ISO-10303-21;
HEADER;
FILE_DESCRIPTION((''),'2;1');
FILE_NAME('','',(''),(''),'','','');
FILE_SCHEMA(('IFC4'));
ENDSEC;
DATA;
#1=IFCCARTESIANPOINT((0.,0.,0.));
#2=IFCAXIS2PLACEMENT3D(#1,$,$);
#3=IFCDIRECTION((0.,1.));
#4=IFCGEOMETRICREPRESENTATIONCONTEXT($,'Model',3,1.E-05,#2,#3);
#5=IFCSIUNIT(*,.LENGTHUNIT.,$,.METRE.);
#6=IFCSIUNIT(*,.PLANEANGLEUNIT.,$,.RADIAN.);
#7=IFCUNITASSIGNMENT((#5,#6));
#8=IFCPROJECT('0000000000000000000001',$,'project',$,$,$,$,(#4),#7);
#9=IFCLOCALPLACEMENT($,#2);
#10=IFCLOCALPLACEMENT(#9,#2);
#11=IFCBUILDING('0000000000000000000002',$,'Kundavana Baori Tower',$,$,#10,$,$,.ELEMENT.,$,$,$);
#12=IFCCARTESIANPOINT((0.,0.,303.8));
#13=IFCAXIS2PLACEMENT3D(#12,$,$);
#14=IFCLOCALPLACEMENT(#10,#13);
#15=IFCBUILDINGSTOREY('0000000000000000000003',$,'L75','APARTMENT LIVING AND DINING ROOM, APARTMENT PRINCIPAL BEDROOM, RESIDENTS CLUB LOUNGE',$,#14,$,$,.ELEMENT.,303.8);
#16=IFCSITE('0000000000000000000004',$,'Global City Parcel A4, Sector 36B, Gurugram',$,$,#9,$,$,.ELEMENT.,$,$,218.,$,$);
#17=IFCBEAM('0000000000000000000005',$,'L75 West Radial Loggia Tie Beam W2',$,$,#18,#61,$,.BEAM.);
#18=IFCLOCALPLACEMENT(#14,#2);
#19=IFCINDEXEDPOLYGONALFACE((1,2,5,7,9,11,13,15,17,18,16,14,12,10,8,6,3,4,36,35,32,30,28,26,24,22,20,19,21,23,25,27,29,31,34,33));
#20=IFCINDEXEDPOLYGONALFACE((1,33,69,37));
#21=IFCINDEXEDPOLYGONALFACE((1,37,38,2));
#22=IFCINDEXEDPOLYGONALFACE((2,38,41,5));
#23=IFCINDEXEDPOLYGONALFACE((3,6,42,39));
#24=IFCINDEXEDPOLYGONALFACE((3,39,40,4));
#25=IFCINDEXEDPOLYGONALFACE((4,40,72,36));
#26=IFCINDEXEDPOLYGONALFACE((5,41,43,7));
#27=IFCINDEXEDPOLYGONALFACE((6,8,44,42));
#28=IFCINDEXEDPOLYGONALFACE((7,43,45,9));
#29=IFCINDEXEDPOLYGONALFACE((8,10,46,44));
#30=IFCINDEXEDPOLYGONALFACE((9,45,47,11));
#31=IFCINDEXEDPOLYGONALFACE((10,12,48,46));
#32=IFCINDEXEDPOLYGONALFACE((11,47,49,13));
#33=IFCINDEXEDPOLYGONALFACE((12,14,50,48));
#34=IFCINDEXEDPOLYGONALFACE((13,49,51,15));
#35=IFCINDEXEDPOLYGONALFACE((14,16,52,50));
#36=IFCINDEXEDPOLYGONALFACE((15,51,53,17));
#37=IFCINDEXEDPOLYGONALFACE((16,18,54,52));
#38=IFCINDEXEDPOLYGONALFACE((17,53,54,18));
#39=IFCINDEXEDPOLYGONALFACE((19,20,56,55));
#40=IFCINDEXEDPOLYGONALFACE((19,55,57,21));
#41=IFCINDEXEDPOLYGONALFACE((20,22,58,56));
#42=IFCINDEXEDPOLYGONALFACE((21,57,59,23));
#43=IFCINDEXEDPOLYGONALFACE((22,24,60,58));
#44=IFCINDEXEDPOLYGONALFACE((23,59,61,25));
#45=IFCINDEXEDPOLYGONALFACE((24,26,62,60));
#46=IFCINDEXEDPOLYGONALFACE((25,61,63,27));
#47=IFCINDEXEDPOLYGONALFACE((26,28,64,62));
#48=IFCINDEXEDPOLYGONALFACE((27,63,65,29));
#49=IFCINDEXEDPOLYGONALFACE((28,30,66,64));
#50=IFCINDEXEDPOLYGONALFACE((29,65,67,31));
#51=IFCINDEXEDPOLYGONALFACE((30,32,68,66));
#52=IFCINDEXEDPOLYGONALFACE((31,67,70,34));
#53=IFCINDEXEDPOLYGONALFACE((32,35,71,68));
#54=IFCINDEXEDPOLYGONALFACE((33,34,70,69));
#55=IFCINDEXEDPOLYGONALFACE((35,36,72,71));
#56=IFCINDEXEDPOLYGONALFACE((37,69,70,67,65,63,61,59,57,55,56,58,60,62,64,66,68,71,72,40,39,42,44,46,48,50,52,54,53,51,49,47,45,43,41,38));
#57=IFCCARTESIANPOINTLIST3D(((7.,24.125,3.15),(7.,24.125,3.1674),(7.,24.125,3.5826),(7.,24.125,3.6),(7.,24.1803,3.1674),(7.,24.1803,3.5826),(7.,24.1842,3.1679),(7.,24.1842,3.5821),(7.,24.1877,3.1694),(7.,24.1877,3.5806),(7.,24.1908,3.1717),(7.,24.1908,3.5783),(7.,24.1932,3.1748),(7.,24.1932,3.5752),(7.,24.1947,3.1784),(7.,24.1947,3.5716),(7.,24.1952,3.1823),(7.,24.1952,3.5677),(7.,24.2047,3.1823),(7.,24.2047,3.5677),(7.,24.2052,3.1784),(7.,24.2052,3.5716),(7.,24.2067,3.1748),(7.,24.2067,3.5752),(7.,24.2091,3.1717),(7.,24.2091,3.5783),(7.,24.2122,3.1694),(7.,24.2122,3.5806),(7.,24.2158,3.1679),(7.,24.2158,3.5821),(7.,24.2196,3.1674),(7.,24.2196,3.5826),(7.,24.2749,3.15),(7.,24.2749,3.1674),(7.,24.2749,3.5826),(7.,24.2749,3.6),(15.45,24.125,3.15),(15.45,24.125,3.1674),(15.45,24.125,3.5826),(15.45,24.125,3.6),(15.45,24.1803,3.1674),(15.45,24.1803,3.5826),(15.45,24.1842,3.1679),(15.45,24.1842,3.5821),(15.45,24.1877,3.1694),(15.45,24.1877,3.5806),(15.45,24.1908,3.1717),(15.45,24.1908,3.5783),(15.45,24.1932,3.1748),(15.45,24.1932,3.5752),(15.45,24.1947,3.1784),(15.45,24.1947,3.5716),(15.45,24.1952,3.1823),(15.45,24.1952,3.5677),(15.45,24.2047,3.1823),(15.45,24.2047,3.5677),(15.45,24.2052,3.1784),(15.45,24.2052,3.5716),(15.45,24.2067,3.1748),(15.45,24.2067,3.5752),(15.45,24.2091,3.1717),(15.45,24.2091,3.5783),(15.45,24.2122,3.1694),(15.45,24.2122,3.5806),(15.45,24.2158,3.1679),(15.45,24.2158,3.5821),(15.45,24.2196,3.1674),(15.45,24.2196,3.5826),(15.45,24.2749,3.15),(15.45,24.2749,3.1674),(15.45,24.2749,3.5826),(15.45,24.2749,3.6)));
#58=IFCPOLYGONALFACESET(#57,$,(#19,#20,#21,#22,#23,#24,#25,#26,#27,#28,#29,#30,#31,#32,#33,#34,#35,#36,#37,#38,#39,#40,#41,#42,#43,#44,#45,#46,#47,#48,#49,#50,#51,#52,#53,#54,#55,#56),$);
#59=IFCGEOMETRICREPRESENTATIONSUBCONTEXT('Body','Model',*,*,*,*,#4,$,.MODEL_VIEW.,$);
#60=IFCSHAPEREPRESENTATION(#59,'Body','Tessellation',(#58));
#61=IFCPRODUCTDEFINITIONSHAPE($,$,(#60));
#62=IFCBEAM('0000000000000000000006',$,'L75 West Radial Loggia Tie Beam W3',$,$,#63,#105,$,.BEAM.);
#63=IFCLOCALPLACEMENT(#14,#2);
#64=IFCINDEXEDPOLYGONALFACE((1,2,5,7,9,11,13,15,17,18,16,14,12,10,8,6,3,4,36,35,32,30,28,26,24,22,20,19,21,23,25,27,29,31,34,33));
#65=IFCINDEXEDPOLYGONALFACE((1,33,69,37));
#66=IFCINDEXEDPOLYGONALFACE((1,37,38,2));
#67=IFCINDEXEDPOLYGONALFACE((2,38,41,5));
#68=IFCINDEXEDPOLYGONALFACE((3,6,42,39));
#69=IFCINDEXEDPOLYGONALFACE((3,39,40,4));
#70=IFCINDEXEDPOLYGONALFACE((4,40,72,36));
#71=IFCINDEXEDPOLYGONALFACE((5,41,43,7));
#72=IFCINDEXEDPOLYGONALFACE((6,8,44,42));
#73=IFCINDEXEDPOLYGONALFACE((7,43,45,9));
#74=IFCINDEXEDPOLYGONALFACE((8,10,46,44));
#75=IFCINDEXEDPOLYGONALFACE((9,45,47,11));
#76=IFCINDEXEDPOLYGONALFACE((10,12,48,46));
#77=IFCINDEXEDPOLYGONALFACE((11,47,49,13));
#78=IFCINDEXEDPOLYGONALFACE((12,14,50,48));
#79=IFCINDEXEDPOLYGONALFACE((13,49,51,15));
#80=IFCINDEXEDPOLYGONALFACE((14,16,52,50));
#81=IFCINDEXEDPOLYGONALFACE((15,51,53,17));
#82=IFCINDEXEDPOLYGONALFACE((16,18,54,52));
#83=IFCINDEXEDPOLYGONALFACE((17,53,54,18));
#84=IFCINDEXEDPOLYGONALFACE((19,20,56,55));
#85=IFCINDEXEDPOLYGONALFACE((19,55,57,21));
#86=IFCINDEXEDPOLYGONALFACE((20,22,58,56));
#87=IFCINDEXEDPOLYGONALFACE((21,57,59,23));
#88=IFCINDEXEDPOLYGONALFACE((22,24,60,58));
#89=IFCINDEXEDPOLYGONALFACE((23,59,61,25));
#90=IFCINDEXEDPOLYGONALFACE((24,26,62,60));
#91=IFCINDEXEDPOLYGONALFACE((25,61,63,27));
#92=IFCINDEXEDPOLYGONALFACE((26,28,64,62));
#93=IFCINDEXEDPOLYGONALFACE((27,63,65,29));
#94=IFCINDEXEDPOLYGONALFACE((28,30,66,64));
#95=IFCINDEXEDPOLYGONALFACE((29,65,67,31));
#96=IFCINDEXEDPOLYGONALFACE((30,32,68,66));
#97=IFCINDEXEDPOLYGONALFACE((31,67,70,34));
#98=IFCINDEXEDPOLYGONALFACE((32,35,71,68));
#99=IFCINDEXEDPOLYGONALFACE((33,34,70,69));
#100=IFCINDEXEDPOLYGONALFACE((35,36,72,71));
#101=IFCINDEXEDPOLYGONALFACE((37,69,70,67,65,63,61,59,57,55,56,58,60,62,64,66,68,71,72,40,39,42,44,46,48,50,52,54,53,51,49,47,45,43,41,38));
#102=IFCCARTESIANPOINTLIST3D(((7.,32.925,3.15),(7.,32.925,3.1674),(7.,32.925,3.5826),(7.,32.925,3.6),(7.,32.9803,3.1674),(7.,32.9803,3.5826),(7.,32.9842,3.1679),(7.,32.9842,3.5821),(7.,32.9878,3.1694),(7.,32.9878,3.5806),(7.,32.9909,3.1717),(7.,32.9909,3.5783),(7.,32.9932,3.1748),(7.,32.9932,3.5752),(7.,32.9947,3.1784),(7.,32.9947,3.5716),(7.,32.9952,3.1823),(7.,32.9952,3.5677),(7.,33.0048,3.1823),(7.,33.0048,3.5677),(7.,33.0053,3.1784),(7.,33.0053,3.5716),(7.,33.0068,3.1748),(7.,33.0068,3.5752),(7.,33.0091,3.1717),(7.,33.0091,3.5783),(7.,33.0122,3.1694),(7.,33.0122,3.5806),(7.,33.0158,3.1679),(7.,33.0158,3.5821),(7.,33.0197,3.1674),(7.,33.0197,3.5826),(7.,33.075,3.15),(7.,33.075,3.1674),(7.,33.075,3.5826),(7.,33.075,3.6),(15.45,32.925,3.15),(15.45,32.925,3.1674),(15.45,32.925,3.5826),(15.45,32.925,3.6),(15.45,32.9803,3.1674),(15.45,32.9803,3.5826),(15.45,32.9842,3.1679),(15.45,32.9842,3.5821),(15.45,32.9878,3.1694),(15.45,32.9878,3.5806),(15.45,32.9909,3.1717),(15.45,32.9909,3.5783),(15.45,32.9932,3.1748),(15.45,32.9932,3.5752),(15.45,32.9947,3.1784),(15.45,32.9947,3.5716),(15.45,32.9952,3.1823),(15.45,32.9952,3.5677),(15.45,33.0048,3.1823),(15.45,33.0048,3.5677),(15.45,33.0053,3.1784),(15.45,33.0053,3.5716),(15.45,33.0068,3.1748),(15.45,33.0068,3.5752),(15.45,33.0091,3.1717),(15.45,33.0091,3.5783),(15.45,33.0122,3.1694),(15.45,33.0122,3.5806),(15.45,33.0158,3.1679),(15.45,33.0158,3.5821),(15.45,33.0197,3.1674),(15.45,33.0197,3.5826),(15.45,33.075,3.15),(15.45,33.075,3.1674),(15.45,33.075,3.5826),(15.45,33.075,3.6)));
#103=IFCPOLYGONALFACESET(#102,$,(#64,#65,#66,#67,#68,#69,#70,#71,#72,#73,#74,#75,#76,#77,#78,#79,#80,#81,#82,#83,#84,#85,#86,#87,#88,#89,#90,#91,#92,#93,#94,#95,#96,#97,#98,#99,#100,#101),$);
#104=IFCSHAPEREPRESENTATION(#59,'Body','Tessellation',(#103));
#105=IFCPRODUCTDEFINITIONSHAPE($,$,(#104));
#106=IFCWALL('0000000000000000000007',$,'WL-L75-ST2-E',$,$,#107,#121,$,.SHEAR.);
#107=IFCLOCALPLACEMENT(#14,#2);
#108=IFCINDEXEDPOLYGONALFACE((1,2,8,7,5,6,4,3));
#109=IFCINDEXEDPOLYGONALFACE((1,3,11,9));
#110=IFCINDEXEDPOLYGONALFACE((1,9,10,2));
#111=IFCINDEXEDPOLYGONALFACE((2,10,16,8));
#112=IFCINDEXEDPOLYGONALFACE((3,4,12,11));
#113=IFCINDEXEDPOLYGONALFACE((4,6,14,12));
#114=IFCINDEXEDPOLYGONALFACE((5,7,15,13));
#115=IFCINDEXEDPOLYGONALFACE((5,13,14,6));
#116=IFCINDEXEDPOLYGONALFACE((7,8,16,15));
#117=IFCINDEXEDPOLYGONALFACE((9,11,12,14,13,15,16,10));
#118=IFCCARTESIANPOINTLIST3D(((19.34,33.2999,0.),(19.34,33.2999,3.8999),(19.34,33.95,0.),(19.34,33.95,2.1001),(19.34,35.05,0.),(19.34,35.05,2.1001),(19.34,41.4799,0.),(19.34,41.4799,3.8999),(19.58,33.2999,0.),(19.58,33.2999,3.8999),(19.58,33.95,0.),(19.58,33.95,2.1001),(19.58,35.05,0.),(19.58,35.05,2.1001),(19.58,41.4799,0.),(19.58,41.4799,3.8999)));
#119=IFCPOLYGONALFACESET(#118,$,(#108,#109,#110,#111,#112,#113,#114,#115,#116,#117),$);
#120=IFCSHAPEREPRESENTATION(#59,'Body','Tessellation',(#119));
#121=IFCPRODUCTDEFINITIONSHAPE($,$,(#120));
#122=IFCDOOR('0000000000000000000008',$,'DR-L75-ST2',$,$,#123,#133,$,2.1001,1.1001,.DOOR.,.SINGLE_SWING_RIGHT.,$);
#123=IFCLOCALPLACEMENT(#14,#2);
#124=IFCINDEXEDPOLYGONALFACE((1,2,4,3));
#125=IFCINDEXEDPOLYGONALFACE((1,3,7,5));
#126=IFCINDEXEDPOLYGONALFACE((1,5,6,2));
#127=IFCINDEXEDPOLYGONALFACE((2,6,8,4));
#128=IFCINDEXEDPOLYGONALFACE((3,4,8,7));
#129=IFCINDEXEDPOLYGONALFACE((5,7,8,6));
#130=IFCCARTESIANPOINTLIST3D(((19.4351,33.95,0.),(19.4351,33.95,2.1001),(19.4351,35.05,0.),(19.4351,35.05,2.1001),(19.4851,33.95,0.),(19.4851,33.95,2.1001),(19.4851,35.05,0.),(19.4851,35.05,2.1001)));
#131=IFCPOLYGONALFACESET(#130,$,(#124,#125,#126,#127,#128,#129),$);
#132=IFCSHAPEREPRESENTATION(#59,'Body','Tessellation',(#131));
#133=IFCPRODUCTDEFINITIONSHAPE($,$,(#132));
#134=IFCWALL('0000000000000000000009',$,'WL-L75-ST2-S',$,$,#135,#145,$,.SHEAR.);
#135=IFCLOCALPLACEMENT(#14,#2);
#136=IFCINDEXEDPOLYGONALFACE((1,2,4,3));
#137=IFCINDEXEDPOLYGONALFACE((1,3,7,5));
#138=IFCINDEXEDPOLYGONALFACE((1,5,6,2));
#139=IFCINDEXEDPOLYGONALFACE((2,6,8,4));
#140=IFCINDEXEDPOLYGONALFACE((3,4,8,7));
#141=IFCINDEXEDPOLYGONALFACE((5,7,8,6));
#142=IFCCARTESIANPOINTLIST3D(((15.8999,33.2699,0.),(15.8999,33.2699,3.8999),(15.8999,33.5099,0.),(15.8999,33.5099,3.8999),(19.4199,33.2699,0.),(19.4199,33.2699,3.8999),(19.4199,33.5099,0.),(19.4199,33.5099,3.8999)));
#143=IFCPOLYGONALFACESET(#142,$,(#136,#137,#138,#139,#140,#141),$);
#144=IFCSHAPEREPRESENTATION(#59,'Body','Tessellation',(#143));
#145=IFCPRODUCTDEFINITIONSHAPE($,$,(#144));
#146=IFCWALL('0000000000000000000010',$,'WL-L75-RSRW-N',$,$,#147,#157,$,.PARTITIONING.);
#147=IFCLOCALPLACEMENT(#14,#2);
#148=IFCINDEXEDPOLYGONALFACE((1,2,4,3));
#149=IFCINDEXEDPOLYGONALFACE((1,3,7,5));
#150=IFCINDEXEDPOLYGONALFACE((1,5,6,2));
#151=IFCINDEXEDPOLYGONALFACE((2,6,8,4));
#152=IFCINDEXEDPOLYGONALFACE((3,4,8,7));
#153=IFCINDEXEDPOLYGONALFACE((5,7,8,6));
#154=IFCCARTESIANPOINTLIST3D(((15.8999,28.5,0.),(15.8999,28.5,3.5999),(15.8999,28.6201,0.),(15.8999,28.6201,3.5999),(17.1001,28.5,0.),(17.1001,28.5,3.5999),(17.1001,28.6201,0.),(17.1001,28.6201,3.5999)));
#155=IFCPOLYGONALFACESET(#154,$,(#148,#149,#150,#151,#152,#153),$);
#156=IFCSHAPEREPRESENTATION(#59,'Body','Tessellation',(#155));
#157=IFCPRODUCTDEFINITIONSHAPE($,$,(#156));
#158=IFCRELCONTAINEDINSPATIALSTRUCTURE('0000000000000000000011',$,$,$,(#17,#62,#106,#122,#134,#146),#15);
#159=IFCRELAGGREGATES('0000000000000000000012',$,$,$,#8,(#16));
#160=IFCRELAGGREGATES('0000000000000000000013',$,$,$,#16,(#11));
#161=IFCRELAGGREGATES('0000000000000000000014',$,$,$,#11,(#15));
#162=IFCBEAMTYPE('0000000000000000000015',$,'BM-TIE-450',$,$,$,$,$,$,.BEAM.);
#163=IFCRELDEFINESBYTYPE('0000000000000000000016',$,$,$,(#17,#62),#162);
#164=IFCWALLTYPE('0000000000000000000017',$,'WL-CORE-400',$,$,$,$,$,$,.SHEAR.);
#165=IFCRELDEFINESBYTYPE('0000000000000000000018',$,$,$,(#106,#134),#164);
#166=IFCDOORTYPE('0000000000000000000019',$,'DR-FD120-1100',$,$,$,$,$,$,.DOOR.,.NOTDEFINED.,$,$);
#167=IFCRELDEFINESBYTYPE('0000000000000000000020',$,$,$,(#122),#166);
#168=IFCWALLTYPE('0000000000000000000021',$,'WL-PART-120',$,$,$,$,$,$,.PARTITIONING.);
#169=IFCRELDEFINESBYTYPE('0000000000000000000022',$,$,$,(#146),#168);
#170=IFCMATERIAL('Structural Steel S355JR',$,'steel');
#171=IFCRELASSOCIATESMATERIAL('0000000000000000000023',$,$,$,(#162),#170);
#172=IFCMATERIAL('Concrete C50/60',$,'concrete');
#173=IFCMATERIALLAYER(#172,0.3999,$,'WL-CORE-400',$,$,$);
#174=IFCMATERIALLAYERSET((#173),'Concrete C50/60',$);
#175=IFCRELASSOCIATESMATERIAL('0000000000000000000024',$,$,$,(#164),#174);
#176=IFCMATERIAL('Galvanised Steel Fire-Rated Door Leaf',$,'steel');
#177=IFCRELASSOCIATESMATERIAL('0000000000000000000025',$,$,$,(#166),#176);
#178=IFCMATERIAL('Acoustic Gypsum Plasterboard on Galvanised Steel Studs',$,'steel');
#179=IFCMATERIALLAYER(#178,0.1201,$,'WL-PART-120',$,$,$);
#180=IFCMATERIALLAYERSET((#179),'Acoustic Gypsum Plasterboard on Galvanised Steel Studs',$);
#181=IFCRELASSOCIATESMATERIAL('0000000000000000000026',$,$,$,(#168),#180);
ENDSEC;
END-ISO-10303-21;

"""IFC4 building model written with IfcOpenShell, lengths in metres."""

from ifc_helpers import new_model, si_unit, direction, frame, frame_2d, origin, origin_2d, place, context, subcontext, project, spatial, rectangle, i_section, extrude, material, layer, layer_set, material_profile, profile_set, type_object, element, fill, save


model = new_model("IFC4")

# Units and contexts
model_context = context("Model", 3, precision=1e-05, world=origin(), true_north=direction((0.0, 1.0)))
body_context = subcontext(model_context, "Body", "Model", "MODEL_VIEW")
ifc_project = project(units=[si_unit("LENGTHUNIT", "METRE"), si_unit("PLANEANGLEUNIT", "RADIAN")], contexts=[model_context])

# Site, building, storey
site_placement = place(None, origin())
site = spatial("IfcSite", under=ifc_project, at=site_placement, Name="Global City Parcel A4, Sector 36B, Gurugram", CompositionType="ELEMENT", RefElevation=218.0)
building_placement = place(site_placement, origin())
building = spatial("IfcBuilding", under=site, at=building_placement, Name="Kundavana Baori Tower", CompositionType="ELEMENT")
storey_placement = place(building_placement, frame((0.0, 0.0, 303.8)))
storey = spatial("IfcBuildingStorey", under=building, at=storey_placement, Name="L75", Description="APARTMENT LIVING AND DINING ROOM, APARTMENT PRINCIPAL BEDROOM, RESIDENTS CLUB LOUNGE", CompositionType="ELEMENT", Elevation=303.8)

# Beams
ifc_material_1 = material(Name="Structural Steel S355JR", Category="steel")
ifc_material_profile_1 = material_profile(ifc_material_1, i_section(OverallWidth=0.1499, OverallDepth=0.45, WebThickness=0.0095, FlangeThickness=0.0173, FilletRadius=0.0149, at=origin_2d()), Name="ISMB 450")
ifc_profile_set_1 = profile_set([ifc_material_profile_1], Name="Structural Steel S355JR")
beam_type_1 = type_object("IfcBeamType", Name="BM-TIE-450", PredefinedType="BEAM", material=ifc_profile_set_1)
for number, where, z_axis, x_axis, name in (
    (1, (15.45, 24.2, 3.375), (-1.0, 0.0, 0.0), (0.0, -1.0, 0.0), "L75 West Radial Loggia Tie Beam W2"),
    (2, (15.45, 33.0, 3.375), (-1.0, 0.0, 0.0), (0.0, -1.0, 0.0), "L75 West Radial Loggia Tie Beam W3"),
):
    element("IfcBeam", number, at=place(storey_placement, frame(where, z_axis=z_axis, x_axis=x_axis)), inside=storey, type_object=beam_type_1, Name=name, PredefinedType="BEAM", context=body_context, shape_type="SweptSolid", body=[
        extrude(i_section(OverallWidth=0.1499, OverallDepth=0.45, WebThickness=0.0095, FlangeThickness=0.0173, FilletRadius=0.0149, at=origin_2d()), origin(), (0.0, 0.0, 1.0), 8.45),
    ])

# Wall, opening, door
ifc_material_2 = material(Name="Concrete C50/60", Category="concrete")
ifc_layer_1 = layer(ifc_material_2, 0.3999, Name="WL-CORE-400")
ifc_layer_set_1 = layer_set([ifc_layer_1], Name="Concrete C50/60")
wall_type_1 = type_object("IfcWallType", Name="WL-CORE-400", PredefinedType="SHEAR", material=ifc_layer_set_1)
wall_1_placement = place(storey_placement, frame((19.46, 33.3, 0.0), z_axis=(0.0, 0.0, 1.0), x_axis=(0.0, 1.0, 0.0)))
wall_1 = element("IfcWall", 3, at=wall_1_placement, inside=storey, type_object=wall_type_1, Name="WL-L75-ST2-E", PredefinedType="SHEAR", context=body_context, shape_type="SweptSolid", body=[
    extrude(rectangle(XDim=8.1799, YDim=0.24, at=frame_2d((4.0898, 0.0))), origin(), (0.0, 0.0, 1.0), 3.8999),
])
opening_1_placement = place(wall_1_placement, frame((0.6499, 0.0, 0.0)))
opening_1 = element("IfcOpeningElement", 4, at=opening_1_placement, cuts=wall_1, PredefinedType="OPENING", context=body_context, shape_type="SweptSolid", body=[
    extrude(rectangle(XDim=1.1001, YDim=2.1001, at=frame_2d((0.55, 1.05))), frame((0.0, 0.1299, 0.0), z_axis=(0.0, -1.0, 0.0), x_axis=(1.0, 0.0, 0.0)), (0.0, 0.0, 1.0), 0.26),
])
ifc_material_3 = material(Name="Galvanised Steel Fire-Rated Door Leaf", Category="steel")
door_type_1 = type_object("IfcDoorType", Name="DR-FD120-1100", OperationType="NOTDEFINED", PredefinedType="DOOR", material=ifc_material_3)
door_1_placement = place(opening_1_placement, origin())
door_1 = element("IfcDoor", 5, at=door_1_placement, inside=storey, type_object=door_type_1, Name="DR-L75-ST2", OperationType="SINGLE_SWING_RIGHT", OverallHeight=2.1001, OverallWidth=1.1001, PredefinedType="DOOR", context=body_context, shape_type="SweptSolid", body=[
    extrude(rectangle(XDim=1.1001, YDim=2.1001, at=frame_2d((0.55, 1.05))), frame((0.0, 0.0249, 0.0), z_axis=(0.0, -1.0, 0.0), x_axis=(1.0, 0.0, 0.0)), (0.0, 0.0, 1.0), 0.05),
])
fill(opening_1, door_1)

# Walls
wall_2_placement = place(storey_placement, frame((15.8999, 33.3899, 0.0), z_axis=(0.0, 0.0, 1.0), x_axis=(1.0, 0.0, 0.0)))
element("IfcWall", 6, at=wall_2_placement, inside=storey, type_object=wall_type_1, Name="WL-L75-ST2-S", PredefinedType="SHEAR", context=body_context, shape_type="SweptSolid", body=[
    extrude(rectangle(XDim=3.52, YDim=0.24, at=frame_2d((1.76, 0.0))), origin(), (0.0, 0.0, 1.0), 3.8999),
])
ifc_material_4 = material(Name="Acoustic Gypsum Plasterboard on Galvanised Steel Studs", Category="steel")
ifc_layer_2 = layer(ifc_material_4, 0.1201, Name="WL-PART-120")
ifc_layer_set_2 = layer_set([ifc_layer_2], Name="Acoustic Gypsum Plasterboard on Galvanised Steel Studs")
wall_type_2 = type_object("IfcWallType", Name="WL-PART-120", PredefinedType="PARTITIONING", material=ifc_layer_set_2)
wall_3_placement = place(storey_placement, frame((15.8999, 28.5601, 0.0), z_axis=(0.0, 0.0, 1.0), x_axis=(1.0, 0.0, 0.0)))
element("IfcWall", 7, at=wall_3_placement, inside=storey, type_object=wall_type_2, Name="WL-L75-RSRW-N", PredefinedType="PARTITIONING", context=body_context, shape_type="SweptSolid", body=[
    extrude(rectangle(XDim=1.2002, YDim=0.1201, at=frame_2d((0.6001, 0.0))), origin(), (0.0, 0.0, 1.0), 3.5999),
])

save(model, "model.ifc")
